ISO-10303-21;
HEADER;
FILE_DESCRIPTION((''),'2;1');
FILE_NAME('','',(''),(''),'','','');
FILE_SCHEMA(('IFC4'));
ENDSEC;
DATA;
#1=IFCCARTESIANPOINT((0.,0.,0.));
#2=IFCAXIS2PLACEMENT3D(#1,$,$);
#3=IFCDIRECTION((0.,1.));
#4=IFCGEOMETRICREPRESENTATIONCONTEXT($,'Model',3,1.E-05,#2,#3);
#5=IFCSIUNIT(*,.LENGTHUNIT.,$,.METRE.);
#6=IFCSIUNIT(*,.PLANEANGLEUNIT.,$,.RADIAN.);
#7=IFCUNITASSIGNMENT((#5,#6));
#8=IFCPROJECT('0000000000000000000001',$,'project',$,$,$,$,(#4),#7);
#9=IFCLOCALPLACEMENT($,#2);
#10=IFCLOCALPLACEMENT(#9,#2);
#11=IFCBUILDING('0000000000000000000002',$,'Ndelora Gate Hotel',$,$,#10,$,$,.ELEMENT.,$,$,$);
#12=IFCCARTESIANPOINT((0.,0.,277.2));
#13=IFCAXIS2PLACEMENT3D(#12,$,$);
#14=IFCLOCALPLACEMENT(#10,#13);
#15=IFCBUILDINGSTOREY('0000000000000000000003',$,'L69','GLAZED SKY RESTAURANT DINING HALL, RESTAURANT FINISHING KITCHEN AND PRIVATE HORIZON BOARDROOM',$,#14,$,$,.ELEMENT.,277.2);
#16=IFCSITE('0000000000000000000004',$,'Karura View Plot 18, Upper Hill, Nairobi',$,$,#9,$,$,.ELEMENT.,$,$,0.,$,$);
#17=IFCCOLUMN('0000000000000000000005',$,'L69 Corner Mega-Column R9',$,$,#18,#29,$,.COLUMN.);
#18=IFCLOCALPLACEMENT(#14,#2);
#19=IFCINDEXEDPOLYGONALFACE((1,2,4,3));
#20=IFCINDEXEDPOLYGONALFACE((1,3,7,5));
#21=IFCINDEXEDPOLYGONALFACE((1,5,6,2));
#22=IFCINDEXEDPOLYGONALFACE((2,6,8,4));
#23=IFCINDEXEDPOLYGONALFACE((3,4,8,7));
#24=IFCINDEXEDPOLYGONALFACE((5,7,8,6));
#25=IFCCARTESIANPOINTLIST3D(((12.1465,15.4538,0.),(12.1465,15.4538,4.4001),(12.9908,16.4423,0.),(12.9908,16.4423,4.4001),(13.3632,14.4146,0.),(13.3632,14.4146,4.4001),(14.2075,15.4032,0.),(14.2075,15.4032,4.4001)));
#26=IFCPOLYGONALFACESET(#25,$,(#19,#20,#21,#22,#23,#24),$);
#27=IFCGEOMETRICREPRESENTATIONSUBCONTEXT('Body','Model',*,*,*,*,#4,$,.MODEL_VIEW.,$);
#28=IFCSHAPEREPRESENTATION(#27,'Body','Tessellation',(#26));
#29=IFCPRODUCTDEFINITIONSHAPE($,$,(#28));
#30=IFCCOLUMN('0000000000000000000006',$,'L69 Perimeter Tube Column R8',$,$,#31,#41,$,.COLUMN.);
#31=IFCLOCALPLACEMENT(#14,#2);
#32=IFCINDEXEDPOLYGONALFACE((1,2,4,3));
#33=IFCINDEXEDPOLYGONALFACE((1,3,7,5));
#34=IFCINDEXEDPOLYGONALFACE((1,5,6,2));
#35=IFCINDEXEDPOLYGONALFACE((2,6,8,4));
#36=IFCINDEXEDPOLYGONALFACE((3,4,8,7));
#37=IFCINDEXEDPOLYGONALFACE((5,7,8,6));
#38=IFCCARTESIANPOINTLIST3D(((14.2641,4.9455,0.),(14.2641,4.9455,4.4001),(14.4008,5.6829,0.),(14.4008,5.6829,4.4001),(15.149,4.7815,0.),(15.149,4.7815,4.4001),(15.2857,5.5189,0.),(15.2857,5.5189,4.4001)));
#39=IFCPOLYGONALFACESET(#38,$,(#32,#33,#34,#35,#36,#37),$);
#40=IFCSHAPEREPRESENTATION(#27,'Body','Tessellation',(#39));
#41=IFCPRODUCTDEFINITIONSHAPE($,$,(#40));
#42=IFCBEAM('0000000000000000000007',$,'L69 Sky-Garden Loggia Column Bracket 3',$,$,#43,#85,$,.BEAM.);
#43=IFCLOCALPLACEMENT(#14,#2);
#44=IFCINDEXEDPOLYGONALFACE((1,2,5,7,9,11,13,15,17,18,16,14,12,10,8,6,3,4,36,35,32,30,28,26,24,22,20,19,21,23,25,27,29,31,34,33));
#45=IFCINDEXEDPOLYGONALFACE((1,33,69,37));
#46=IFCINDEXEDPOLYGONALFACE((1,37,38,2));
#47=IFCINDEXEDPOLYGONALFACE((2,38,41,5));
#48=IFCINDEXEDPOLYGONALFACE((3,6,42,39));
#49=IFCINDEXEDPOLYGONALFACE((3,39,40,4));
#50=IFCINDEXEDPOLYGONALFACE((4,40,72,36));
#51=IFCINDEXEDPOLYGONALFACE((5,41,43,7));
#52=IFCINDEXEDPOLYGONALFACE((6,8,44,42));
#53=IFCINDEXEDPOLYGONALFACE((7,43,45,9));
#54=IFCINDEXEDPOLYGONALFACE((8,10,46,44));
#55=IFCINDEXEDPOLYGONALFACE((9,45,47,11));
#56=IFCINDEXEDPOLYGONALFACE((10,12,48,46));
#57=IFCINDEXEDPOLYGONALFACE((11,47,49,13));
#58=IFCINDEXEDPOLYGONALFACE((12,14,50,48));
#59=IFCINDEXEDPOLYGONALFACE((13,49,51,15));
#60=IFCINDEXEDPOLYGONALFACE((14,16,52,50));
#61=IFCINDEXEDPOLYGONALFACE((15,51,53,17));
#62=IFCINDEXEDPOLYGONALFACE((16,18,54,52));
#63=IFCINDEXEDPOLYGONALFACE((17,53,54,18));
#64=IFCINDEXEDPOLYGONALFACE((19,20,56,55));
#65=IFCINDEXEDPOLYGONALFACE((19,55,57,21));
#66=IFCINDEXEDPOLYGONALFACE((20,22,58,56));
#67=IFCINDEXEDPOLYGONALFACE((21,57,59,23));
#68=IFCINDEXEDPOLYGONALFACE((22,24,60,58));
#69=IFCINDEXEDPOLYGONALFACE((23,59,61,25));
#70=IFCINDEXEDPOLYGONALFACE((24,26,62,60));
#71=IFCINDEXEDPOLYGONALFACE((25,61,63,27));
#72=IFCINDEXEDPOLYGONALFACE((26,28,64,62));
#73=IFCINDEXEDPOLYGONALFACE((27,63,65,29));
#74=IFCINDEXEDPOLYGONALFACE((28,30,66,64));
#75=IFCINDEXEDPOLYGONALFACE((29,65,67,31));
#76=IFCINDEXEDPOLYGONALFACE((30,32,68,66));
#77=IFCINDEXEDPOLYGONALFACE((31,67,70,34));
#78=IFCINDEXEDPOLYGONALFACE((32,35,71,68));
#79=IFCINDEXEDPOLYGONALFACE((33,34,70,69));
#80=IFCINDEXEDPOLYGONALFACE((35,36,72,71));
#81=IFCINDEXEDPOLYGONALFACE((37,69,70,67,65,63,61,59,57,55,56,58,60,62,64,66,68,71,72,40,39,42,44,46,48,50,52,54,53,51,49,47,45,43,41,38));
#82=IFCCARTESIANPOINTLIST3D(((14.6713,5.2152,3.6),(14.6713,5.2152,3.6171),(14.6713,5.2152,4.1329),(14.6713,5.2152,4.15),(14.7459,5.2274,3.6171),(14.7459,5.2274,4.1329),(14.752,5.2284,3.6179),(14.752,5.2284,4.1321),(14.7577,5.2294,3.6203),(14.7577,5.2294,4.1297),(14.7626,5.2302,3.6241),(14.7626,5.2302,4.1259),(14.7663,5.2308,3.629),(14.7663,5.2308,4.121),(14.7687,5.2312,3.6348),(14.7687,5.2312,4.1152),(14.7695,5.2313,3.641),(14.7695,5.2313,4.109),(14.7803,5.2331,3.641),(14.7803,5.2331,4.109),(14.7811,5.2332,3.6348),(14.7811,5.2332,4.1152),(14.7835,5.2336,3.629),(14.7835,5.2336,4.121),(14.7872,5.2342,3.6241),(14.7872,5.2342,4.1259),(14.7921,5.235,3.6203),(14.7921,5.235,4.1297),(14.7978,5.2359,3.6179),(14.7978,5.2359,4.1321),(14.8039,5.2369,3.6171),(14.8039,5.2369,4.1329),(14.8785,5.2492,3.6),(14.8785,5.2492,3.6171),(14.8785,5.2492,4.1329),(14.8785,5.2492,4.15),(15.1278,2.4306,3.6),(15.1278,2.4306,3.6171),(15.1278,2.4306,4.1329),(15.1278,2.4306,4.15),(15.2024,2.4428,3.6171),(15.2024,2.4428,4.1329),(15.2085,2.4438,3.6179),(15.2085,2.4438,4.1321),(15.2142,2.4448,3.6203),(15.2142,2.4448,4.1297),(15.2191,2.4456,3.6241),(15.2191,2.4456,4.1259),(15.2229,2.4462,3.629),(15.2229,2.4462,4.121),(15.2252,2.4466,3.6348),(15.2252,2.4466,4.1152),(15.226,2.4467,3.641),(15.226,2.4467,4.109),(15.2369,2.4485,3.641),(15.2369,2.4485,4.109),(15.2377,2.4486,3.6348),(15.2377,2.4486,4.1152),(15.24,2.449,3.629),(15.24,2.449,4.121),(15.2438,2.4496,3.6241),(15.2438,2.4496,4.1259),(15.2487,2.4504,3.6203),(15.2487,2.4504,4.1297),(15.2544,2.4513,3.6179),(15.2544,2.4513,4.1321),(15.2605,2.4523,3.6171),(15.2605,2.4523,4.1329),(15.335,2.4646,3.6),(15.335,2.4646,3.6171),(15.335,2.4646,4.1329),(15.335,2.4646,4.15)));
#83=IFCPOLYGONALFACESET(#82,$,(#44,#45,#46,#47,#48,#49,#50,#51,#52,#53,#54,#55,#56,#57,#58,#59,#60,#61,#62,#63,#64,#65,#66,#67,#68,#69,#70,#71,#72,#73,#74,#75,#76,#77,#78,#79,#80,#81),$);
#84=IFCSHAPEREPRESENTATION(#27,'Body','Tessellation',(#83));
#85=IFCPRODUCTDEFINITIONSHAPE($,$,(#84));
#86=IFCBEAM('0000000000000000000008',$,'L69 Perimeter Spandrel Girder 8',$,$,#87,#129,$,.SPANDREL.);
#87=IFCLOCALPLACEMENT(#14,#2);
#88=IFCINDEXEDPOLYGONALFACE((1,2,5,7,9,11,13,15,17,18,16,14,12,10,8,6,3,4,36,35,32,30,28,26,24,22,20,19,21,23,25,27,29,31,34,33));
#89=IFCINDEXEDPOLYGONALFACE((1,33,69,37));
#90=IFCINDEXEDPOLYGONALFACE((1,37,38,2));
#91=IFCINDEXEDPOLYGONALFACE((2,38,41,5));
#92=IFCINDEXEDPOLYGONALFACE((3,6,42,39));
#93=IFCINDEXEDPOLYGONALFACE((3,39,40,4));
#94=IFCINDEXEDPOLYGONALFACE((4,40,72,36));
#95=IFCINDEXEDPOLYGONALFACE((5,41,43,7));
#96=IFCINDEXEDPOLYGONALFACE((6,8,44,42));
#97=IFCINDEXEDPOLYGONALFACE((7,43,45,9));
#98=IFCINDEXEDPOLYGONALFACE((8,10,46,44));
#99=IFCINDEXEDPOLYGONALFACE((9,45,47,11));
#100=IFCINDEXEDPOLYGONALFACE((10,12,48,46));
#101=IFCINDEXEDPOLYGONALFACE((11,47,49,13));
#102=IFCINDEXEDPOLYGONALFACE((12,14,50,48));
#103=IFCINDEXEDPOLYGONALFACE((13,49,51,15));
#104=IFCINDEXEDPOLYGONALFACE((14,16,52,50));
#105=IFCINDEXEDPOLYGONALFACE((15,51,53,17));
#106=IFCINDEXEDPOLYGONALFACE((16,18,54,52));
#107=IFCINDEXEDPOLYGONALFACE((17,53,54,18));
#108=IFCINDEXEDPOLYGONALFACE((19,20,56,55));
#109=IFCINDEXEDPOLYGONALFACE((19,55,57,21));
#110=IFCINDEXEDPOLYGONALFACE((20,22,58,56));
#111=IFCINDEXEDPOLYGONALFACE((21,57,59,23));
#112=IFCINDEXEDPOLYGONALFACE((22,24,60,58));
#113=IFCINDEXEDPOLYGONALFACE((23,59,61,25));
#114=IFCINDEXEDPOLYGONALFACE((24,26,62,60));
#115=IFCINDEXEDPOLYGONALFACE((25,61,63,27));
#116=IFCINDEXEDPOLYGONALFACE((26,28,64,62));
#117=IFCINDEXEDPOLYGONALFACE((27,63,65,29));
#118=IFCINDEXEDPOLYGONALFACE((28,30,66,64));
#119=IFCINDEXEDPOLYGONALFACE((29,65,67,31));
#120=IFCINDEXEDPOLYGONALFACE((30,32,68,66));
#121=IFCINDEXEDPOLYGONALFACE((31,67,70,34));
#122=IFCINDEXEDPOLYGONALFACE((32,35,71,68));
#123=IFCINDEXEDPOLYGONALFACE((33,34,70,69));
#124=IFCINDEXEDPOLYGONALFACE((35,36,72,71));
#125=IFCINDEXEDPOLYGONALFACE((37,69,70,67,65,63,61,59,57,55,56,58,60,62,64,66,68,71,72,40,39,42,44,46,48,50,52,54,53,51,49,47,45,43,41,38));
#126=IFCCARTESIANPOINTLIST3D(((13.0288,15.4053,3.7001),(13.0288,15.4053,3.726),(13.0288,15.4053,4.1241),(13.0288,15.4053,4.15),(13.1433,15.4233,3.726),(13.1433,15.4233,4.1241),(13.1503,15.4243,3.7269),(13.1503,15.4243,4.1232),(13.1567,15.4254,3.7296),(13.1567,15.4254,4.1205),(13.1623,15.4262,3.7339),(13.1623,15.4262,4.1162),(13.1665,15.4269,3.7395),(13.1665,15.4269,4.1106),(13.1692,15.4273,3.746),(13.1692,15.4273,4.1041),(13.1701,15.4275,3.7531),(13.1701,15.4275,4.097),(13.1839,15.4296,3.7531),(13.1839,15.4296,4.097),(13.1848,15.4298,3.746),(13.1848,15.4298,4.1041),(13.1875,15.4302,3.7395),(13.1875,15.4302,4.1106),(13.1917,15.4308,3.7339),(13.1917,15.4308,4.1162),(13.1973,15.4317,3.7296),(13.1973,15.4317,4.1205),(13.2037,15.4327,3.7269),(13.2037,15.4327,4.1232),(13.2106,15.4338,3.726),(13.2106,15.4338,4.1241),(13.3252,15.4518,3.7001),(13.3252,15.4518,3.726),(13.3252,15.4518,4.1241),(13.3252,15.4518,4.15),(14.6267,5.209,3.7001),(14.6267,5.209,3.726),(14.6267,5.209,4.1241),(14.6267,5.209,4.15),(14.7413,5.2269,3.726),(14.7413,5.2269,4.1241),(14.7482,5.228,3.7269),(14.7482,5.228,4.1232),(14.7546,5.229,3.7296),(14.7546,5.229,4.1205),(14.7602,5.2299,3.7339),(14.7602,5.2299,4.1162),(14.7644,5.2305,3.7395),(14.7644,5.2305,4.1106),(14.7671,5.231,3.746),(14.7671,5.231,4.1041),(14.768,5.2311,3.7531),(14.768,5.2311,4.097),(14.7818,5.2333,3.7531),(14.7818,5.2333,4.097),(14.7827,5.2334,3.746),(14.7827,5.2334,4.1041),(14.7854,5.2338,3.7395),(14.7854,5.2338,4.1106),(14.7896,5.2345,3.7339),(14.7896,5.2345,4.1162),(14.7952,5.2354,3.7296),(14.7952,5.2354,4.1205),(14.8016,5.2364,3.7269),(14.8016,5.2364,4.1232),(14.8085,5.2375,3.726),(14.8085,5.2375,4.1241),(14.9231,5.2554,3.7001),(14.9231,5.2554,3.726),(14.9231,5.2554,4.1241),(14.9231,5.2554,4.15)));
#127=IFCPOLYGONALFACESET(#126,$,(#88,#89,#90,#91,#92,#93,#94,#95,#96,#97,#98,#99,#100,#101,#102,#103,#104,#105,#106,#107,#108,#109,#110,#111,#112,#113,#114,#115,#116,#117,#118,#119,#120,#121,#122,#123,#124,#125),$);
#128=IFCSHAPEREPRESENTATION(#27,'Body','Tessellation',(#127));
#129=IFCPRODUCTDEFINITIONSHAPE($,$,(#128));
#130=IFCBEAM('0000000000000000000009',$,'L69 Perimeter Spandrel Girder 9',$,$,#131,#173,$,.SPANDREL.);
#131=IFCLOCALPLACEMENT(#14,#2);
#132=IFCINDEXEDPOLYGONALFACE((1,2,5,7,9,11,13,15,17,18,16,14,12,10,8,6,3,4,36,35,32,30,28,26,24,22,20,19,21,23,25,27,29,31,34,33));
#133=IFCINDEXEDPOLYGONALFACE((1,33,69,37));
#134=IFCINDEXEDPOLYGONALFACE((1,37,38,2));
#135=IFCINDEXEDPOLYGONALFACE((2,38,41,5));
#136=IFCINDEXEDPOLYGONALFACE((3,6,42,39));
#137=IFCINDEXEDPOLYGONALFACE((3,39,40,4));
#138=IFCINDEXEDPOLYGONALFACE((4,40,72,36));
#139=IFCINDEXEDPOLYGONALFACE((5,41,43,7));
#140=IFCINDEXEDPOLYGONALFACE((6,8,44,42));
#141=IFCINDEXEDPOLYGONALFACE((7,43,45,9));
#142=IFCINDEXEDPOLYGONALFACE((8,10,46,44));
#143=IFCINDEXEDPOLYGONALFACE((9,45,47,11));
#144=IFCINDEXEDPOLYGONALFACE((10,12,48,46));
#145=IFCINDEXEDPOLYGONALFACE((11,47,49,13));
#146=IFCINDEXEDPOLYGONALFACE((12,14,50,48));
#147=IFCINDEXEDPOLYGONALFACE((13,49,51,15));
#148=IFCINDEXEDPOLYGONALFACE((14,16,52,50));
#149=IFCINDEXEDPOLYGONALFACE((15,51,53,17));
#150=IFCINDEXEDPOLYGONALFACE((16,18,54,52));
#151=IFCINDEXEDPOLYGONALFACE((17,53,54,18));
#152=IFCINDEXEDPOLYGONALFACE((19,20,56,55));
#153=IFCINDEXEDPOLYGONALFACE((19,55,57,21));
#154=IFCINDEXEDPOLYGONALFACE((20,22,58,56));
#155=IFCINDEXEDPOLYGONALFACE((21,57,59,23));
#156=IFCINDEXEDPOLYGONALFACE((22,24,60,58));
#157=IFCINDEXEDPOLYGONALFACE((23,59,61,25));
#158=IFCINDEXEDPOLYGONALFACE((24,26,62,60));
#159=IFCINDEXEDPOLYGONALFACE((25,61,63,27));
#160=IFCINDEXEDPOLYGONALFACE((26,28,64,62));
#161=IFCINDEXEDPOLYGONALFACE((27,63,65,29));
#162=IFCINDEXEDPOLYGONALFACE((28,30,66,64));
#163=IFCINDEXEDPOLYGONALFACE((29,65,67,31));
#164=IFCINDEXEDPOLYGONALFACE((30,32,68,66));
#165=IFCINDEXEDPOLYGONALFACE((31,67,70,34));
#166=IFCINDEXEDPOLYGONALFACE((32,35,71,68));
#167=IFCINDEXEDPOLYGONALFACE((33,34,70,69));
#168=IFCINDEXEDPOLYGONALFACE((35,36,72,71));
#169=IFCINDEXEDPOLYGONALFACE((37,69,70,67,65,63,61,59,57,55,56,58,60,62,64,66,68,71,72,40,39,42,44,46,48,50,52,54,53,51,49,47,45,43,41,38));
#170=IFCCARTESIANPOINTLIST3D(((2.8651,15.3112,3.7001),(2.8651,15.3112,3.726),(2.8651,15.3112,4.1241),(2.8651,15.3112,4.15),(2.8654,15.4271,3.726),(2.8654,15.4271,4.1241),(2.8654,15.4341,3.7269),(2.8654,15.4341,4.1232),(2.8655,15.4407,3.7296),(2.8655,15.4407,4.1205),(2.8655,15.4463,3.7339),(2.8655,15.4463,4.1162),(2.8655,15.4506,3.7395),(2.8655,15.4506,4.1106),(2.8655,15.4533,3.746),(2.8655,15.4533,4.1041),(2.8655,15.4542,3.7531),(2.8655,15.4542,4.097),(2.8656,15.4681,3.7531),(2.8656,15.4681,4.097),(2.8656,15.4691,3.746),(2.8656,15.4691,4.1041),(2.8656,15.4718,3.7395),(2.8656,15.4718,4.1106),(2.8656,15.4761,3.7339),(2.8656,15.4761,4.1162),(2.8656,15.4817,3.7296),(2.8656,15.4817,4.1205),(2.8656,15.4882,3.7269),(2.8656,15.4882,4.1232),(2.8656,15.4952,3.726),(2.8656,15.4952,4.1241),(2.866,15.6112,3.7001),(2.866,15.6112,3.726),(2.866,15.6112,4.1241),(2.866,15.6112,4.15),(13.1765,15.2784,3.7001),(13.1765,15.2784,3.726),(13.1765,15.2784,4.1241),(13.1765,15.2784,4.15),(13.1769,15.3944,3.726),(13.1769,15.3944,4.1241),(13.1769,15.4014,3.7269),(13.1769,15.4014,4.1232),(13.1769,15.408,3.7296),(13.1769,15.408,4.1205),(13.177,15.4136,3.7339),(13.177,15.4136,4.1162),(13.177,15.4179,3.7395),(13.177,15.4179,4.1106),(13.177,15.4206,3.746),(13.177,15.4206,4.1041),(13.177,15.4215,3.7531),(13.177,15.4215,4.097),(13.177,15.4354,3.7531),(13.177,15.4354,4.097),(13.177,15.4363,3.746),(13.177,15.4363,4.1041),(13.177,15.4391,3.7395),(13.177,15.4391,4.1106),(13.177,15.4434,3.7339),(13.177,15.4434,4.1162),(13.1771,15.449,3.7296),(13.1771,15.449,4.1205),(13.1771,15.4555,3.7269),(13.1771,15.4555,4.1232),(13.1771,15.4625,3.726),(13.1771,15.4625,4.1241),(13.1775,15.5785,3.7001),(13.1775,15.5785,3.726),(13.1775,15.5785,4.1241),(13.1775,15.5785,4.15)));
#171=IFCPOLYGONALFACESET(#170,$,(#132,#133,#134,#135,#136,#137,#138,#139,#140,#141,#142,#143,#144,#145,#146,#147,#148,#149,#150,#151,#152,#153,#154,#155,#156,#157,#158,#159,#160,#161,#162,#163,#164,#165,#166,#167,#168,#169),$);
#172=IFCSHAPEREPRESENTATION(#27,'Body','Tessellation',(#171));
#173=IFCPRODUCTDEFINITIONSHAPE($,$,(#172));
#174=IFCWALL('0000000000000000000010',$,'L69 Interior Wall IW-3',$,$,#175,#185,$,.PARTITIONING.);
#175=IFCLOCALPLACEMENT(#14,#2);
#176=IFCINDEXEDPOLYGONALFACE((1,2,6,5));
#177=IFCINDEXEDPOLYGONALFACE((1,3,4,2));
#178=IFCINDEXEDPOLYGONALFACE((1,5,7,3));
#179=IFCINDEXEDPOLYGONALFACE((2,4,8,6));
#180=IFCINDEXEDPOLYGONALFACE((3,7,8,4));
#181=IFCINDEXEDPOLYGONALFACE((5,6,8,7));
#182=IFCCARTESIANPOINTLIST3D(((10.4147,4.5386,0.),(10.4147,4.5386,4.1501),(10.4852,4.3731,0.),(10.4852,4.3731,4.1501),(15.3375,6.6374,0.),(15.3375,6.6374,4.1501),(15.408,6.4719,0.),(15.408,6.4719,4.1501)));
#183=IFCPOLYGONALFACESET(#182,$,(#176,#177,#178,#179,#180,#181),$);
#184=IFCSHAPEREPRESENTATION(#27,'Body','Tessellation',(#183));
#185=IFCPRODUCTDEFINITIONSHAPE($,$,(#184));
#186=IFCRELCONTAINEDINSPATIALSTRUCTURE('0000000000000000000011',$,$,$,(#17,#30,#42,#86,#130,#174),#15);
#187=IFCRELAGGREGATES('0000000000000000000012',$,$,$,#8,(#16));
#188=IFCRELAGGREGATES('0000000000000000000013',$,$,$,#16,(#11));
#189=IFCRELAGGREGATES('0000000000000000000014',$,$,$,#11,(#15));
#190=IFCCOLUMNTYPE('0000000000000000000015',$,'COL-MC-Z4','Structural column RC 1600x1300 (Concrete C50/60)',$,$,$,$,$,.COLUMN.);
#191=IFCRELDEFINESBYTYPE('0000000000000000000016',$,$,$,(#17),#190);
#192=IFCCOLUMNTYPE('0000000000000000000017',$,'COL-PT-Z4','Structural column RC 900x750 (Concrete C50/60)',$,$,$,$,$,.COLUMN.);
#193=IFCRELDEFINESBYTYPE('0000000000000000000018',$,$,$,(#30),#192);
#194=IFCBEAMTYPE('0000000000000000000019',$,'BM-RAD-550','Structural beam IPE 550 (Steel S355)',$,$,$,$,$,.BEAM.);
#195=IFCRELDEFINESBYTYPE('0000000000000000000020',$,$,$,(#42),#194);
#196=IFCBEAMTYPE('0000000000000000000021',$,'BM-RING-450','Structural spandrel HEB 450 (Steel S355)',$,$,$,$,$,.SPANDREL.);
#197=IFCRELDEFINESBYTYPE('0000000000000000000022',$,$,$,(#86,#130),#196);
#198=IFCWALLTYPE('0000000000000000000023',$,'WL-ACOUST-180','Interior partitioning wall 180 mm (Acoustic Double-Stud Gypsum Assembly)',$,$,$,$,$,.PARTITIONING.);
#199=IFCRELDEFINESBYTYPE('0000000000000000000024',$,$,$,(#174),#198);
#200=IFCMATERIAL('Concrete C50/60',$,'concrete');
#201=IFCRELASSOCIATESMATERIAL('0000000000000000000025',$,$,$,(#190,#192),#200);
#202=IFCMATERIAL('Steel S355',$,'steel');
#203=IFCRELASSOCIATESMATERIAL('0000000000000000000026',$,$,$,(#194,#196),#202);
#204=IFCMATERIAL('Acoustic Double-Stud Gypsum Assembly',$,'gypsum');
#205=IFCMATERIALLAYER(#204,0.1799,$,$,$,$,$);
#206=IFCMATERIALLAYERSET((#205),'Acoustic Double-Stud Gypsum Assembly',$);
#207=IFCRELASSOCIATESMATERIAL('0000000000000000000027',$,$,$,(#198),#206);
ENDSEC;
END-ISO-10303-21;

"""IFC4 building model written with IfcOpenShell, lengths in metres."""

from ifc_helpers import new_model, si_unit, direction, frame, frame_2d, origin, origin_2d, place, context, subcontext, project, spatial, rectangle, i_section, extrude, material, layer, layer_set, material_profile, profile_set, type_object, element, save


model = new_model("IFC4")

# Units and contexts
model_context = context("Model", 3, precision=1e-05, world=origin(), true_north=direction((0.0, 1.0)))
body_context = subcontext(model_context, "Body", "Model", "MODEL_VIEW")
ifc_project = project(units=[si_unit("LENGTHUNIT", "METRE"), si_unit("PLANEANGLEUNIT", "RADIAN")], contexts=[model_context])

# Site, building, storey
site_placement = place(None, origin())
site = spatial("IfcSite", under=ifc_project, at=site_placement, Name="Karura View Plot 18, Upper Hill, Nairobi", CompositionType="ELEMENT", RefElevation=0.0)
building_placement = place(site_placement, origin())
building = spatial("IfcBuilding", under=site, at=building_placement, Name="Ndelora Gate Hotel", CompositionType="ELEMENT")
storey_placement = place(building_placement, frame((0.0, 0.0, 277.2)))
storey = spatial("IfcBuildingStorey", under=building, at=storey_placement, Name="L69", Description="GLAZED SKY RESTAURANT DINING HALL, RESTAURANT FINISHING KITCHEN AND PRIVATE HORIZON BOARDROOM", CompositionType="ELEMENT", Elevation=277.2)

# Columns
ifc_material_1 = material(Name="Concrete C50/60", Category="concrete")
ifc_material_profile_1 = material_profile(ifc_material_1, rectangle(XDim=1.3, YDim=1.6001, at=origin_2d()), Name="RC 1600x1300")
ifc_profile_set_1 = profile_set([ifc_material_profile_1], Name="Concrete C50/60")
column_type_1 = type_object("IfcColumnType", Name="COL-MC-Z4", Description="Structural column RC 1600x1300 (Concrete C50/60)", PredefinedType="COLUMN", material=ifc_profile_set_1)
column_1_placement = place(storey_placement, frame((13.177, 15.4285, 0.0), z_axis=(0.0, 0.0, 1.0), x_axis=(0.649448, 0.760406, 0.0)))
element("IfcColumn", 1, at=column_1_placement, inside=storey, type_object=column_type_1, Name="L69 Corner Mega-Column R9", PredefinedType="COLUMN", context=body_context, shape_type="SweptSolid", body=[
    extrude(rectangle(XDim=1.3, YDim=1.6001, at=origin_2d()), origin(), (0.0, 0.0, 1.0), 4.4001),
])
ifc_material_profile_2 = material_profile(ifc_material_1, rectangle(XDim=0.75, YDim=0.8999, at=origin_2d()), Name="RC 900x750")
ifc_profile_set_2 = profile_set([ifc_material_profile_2], Name="Concrete C50/60")
column_type_2 = type_object("IfcColumnType", Name="COL-PT-Z4", Description="Structural column RC 900x750 (Concrete C50/60)", PredefinedType="COLUMN", material=ifc_profile_set_2)
column_2_placement = place(storey_placement, frame((14.7749, 5.2322, 0.0), z_axis=(0.0, 0.0, 1.0), x_axis=(0.182236, 0.983255, 0.0)))
element("IfcColumn", 2, at=column_2_placement, inside=storey, type_object=column_type_2, Name="L69 Perimeter Tube Column R8", PredefinedType="COLUMN", context=body_context, shape_type="SweptSolid", body=[
    extrude(rectangle(XDim=0.75, YDim=0.8999, at=origin_2d()), origin(), (0.0, 0.0, 1.0), 4.4001),
])

# Beams
ifc_material_2 = material(Name="Steel S355", Category="steel")
ifc_material_profile_3 = material_profile(ifc_material_2, i_section(OverallWidth=0.21, OverallDepth=0.55, WebThickness=0.011, FlangeThickness=0.0171, FilletRadius=0.0239, at=origin_2d()), Name="IPE 550")
ifc_profile_set_3 = profile_set([ifc_material_profile_3], Name="Steel S355")
beam_type_1 = type_object("IfcBeamType", Name="BM-RAD-550", Description="Structural beam IPE 550 (Steel S355)", PredefinedType="BEAM", material=ifc_profile_set_3)
beam_1_placement = place(storey_placement, frame((14.7749, 5.2322, 3.875), z_axis=(0.161789, -0.986825, 0.0), x_axis=(0.986825, 0.161789, 0.0)))
element("IfcBeam", 3, at=beam_1_placement, inside=storey, type_object=beam_type_1, Name="L69 Sky-Garden Loggia Column Bracket 3", PredefinedType="BEAM", context=body_context, shape_type="SweptSolid", body=[
    extrude(i_section(OverallWidth=0.21, OverallDepth=0.55, WebThickness=0.011, FlangeThickness=0.0171, FilletRadius=0.0239, at=origin_2d()), origin(), (0.0, 0.0, 1.0), 2.8218),
])
ifc_material_profile_4 = material_profile(ifc_material_2, i_section(OverallWidth=0.3, OverallDepth=0.45, WebThickness=0.0139, FlangeThickness=0.0259, FilletRadius=0.0271, at=origin_2d()), Name="HEB 450")
ifc_profile_set_4 = profile_set([ifc_material_profile_4], Name="Steel S355")
beam_type_2 = type_object("IfcBeamType", Name="BM-RING-450", Description="Structural spandrel HEB 450 (Steel S355)", PredefinedType="SPANDREL", material=ifc_profile_set_4)
beam_2_placement = place(storey_placement, frame((14.7749, 5.2322, 3.925), z_axis=(-0.154824, 0.987942, 0.0), x_axis=(-0.987942, -0.154824, 0.0)))
element("IfcBeam", 4, at=beam_2_placement, inside=storey, type_object=beam_type_2, Name="L69 Perimeter Spandrel Girder 8", PredefinedType="SPANDREL", context=body_context, shape_type="SweptSolid", body=[
    extrude(i_section(OverallWidth=0.3, OverallDepth=0.45, WebThickness=0.0139, FlangeThickness=0.0259, FilletRadius=0.0271, at=origin_2d()), origin(), (0.0, 0.0, 1.0), 10.3208),
])
beam_3_placement = place(storey_placement, frame((13.177, 15.4285, 3.925), z_axis=(-0.999995, 0.003173, 0.0), x_axis=(-0.003173, -0.999995, 0.0)))
element("IfcBeam", 5, at=beam_3_placement, inside=storey, type_object=beam_type_2, Name="L69 Perimeter Spandrel Girder 9", PredefinedType="SPANDREL", context=body_context, shape_type="SweptSolid", body=[
    extrude(i_section(OverallWidth=0.3, OverallDepth=0.45, WebThickness=0.0139, FlangeThickness=0.0259, FilletRadius=0.0271, at=origin_2d()), origin(), (0.0, 0.0, 1.0), 10.3115),
])

# Wall
ifc_material_3 = material(Name="Acoustic Double-Stud Gypsum Assembly", Category="gypsum")
ifc_layer_1 = layer(ifc_material_3, 0.1799)
ifc_layer_set_1 = layer_set([ifc_layer_1], Name="Acoustic Double-Stud Gypsum Assembly")
wall_type_1 = type_object("IfcWallType", Name="WL-ACOUST-180", Description="Interior partitioning wall 180 mm (Acoustic Double-Stud Gypsum Assembly)", PredefinedType="PARTITIONING", material=ifc_layer_set_1)
wall_1_placement = place(storey_placement, frame((10.45, 4.4558, 0.0), z_axis=(0.0, 0.0, 1.0), x_axis=(0.919882, 0.392195, 0.0)))
element("IfcWall", 6, at=wall_1_placement, inside=storey, type_object=wall_type_1, Name="L69 Interior Wall IW-3", PredefinedType="PARTITIONING", context=body_context, shape_type="SweptSolid", body=[
    extrude(rectangle(XDim=5.3516, YDim=0.1799, at=frame_2d((2.6758, 0.0))), origin(), (0.0, 0.0, 1.0), 4.1501),
])

save(model, "model.ifc")
